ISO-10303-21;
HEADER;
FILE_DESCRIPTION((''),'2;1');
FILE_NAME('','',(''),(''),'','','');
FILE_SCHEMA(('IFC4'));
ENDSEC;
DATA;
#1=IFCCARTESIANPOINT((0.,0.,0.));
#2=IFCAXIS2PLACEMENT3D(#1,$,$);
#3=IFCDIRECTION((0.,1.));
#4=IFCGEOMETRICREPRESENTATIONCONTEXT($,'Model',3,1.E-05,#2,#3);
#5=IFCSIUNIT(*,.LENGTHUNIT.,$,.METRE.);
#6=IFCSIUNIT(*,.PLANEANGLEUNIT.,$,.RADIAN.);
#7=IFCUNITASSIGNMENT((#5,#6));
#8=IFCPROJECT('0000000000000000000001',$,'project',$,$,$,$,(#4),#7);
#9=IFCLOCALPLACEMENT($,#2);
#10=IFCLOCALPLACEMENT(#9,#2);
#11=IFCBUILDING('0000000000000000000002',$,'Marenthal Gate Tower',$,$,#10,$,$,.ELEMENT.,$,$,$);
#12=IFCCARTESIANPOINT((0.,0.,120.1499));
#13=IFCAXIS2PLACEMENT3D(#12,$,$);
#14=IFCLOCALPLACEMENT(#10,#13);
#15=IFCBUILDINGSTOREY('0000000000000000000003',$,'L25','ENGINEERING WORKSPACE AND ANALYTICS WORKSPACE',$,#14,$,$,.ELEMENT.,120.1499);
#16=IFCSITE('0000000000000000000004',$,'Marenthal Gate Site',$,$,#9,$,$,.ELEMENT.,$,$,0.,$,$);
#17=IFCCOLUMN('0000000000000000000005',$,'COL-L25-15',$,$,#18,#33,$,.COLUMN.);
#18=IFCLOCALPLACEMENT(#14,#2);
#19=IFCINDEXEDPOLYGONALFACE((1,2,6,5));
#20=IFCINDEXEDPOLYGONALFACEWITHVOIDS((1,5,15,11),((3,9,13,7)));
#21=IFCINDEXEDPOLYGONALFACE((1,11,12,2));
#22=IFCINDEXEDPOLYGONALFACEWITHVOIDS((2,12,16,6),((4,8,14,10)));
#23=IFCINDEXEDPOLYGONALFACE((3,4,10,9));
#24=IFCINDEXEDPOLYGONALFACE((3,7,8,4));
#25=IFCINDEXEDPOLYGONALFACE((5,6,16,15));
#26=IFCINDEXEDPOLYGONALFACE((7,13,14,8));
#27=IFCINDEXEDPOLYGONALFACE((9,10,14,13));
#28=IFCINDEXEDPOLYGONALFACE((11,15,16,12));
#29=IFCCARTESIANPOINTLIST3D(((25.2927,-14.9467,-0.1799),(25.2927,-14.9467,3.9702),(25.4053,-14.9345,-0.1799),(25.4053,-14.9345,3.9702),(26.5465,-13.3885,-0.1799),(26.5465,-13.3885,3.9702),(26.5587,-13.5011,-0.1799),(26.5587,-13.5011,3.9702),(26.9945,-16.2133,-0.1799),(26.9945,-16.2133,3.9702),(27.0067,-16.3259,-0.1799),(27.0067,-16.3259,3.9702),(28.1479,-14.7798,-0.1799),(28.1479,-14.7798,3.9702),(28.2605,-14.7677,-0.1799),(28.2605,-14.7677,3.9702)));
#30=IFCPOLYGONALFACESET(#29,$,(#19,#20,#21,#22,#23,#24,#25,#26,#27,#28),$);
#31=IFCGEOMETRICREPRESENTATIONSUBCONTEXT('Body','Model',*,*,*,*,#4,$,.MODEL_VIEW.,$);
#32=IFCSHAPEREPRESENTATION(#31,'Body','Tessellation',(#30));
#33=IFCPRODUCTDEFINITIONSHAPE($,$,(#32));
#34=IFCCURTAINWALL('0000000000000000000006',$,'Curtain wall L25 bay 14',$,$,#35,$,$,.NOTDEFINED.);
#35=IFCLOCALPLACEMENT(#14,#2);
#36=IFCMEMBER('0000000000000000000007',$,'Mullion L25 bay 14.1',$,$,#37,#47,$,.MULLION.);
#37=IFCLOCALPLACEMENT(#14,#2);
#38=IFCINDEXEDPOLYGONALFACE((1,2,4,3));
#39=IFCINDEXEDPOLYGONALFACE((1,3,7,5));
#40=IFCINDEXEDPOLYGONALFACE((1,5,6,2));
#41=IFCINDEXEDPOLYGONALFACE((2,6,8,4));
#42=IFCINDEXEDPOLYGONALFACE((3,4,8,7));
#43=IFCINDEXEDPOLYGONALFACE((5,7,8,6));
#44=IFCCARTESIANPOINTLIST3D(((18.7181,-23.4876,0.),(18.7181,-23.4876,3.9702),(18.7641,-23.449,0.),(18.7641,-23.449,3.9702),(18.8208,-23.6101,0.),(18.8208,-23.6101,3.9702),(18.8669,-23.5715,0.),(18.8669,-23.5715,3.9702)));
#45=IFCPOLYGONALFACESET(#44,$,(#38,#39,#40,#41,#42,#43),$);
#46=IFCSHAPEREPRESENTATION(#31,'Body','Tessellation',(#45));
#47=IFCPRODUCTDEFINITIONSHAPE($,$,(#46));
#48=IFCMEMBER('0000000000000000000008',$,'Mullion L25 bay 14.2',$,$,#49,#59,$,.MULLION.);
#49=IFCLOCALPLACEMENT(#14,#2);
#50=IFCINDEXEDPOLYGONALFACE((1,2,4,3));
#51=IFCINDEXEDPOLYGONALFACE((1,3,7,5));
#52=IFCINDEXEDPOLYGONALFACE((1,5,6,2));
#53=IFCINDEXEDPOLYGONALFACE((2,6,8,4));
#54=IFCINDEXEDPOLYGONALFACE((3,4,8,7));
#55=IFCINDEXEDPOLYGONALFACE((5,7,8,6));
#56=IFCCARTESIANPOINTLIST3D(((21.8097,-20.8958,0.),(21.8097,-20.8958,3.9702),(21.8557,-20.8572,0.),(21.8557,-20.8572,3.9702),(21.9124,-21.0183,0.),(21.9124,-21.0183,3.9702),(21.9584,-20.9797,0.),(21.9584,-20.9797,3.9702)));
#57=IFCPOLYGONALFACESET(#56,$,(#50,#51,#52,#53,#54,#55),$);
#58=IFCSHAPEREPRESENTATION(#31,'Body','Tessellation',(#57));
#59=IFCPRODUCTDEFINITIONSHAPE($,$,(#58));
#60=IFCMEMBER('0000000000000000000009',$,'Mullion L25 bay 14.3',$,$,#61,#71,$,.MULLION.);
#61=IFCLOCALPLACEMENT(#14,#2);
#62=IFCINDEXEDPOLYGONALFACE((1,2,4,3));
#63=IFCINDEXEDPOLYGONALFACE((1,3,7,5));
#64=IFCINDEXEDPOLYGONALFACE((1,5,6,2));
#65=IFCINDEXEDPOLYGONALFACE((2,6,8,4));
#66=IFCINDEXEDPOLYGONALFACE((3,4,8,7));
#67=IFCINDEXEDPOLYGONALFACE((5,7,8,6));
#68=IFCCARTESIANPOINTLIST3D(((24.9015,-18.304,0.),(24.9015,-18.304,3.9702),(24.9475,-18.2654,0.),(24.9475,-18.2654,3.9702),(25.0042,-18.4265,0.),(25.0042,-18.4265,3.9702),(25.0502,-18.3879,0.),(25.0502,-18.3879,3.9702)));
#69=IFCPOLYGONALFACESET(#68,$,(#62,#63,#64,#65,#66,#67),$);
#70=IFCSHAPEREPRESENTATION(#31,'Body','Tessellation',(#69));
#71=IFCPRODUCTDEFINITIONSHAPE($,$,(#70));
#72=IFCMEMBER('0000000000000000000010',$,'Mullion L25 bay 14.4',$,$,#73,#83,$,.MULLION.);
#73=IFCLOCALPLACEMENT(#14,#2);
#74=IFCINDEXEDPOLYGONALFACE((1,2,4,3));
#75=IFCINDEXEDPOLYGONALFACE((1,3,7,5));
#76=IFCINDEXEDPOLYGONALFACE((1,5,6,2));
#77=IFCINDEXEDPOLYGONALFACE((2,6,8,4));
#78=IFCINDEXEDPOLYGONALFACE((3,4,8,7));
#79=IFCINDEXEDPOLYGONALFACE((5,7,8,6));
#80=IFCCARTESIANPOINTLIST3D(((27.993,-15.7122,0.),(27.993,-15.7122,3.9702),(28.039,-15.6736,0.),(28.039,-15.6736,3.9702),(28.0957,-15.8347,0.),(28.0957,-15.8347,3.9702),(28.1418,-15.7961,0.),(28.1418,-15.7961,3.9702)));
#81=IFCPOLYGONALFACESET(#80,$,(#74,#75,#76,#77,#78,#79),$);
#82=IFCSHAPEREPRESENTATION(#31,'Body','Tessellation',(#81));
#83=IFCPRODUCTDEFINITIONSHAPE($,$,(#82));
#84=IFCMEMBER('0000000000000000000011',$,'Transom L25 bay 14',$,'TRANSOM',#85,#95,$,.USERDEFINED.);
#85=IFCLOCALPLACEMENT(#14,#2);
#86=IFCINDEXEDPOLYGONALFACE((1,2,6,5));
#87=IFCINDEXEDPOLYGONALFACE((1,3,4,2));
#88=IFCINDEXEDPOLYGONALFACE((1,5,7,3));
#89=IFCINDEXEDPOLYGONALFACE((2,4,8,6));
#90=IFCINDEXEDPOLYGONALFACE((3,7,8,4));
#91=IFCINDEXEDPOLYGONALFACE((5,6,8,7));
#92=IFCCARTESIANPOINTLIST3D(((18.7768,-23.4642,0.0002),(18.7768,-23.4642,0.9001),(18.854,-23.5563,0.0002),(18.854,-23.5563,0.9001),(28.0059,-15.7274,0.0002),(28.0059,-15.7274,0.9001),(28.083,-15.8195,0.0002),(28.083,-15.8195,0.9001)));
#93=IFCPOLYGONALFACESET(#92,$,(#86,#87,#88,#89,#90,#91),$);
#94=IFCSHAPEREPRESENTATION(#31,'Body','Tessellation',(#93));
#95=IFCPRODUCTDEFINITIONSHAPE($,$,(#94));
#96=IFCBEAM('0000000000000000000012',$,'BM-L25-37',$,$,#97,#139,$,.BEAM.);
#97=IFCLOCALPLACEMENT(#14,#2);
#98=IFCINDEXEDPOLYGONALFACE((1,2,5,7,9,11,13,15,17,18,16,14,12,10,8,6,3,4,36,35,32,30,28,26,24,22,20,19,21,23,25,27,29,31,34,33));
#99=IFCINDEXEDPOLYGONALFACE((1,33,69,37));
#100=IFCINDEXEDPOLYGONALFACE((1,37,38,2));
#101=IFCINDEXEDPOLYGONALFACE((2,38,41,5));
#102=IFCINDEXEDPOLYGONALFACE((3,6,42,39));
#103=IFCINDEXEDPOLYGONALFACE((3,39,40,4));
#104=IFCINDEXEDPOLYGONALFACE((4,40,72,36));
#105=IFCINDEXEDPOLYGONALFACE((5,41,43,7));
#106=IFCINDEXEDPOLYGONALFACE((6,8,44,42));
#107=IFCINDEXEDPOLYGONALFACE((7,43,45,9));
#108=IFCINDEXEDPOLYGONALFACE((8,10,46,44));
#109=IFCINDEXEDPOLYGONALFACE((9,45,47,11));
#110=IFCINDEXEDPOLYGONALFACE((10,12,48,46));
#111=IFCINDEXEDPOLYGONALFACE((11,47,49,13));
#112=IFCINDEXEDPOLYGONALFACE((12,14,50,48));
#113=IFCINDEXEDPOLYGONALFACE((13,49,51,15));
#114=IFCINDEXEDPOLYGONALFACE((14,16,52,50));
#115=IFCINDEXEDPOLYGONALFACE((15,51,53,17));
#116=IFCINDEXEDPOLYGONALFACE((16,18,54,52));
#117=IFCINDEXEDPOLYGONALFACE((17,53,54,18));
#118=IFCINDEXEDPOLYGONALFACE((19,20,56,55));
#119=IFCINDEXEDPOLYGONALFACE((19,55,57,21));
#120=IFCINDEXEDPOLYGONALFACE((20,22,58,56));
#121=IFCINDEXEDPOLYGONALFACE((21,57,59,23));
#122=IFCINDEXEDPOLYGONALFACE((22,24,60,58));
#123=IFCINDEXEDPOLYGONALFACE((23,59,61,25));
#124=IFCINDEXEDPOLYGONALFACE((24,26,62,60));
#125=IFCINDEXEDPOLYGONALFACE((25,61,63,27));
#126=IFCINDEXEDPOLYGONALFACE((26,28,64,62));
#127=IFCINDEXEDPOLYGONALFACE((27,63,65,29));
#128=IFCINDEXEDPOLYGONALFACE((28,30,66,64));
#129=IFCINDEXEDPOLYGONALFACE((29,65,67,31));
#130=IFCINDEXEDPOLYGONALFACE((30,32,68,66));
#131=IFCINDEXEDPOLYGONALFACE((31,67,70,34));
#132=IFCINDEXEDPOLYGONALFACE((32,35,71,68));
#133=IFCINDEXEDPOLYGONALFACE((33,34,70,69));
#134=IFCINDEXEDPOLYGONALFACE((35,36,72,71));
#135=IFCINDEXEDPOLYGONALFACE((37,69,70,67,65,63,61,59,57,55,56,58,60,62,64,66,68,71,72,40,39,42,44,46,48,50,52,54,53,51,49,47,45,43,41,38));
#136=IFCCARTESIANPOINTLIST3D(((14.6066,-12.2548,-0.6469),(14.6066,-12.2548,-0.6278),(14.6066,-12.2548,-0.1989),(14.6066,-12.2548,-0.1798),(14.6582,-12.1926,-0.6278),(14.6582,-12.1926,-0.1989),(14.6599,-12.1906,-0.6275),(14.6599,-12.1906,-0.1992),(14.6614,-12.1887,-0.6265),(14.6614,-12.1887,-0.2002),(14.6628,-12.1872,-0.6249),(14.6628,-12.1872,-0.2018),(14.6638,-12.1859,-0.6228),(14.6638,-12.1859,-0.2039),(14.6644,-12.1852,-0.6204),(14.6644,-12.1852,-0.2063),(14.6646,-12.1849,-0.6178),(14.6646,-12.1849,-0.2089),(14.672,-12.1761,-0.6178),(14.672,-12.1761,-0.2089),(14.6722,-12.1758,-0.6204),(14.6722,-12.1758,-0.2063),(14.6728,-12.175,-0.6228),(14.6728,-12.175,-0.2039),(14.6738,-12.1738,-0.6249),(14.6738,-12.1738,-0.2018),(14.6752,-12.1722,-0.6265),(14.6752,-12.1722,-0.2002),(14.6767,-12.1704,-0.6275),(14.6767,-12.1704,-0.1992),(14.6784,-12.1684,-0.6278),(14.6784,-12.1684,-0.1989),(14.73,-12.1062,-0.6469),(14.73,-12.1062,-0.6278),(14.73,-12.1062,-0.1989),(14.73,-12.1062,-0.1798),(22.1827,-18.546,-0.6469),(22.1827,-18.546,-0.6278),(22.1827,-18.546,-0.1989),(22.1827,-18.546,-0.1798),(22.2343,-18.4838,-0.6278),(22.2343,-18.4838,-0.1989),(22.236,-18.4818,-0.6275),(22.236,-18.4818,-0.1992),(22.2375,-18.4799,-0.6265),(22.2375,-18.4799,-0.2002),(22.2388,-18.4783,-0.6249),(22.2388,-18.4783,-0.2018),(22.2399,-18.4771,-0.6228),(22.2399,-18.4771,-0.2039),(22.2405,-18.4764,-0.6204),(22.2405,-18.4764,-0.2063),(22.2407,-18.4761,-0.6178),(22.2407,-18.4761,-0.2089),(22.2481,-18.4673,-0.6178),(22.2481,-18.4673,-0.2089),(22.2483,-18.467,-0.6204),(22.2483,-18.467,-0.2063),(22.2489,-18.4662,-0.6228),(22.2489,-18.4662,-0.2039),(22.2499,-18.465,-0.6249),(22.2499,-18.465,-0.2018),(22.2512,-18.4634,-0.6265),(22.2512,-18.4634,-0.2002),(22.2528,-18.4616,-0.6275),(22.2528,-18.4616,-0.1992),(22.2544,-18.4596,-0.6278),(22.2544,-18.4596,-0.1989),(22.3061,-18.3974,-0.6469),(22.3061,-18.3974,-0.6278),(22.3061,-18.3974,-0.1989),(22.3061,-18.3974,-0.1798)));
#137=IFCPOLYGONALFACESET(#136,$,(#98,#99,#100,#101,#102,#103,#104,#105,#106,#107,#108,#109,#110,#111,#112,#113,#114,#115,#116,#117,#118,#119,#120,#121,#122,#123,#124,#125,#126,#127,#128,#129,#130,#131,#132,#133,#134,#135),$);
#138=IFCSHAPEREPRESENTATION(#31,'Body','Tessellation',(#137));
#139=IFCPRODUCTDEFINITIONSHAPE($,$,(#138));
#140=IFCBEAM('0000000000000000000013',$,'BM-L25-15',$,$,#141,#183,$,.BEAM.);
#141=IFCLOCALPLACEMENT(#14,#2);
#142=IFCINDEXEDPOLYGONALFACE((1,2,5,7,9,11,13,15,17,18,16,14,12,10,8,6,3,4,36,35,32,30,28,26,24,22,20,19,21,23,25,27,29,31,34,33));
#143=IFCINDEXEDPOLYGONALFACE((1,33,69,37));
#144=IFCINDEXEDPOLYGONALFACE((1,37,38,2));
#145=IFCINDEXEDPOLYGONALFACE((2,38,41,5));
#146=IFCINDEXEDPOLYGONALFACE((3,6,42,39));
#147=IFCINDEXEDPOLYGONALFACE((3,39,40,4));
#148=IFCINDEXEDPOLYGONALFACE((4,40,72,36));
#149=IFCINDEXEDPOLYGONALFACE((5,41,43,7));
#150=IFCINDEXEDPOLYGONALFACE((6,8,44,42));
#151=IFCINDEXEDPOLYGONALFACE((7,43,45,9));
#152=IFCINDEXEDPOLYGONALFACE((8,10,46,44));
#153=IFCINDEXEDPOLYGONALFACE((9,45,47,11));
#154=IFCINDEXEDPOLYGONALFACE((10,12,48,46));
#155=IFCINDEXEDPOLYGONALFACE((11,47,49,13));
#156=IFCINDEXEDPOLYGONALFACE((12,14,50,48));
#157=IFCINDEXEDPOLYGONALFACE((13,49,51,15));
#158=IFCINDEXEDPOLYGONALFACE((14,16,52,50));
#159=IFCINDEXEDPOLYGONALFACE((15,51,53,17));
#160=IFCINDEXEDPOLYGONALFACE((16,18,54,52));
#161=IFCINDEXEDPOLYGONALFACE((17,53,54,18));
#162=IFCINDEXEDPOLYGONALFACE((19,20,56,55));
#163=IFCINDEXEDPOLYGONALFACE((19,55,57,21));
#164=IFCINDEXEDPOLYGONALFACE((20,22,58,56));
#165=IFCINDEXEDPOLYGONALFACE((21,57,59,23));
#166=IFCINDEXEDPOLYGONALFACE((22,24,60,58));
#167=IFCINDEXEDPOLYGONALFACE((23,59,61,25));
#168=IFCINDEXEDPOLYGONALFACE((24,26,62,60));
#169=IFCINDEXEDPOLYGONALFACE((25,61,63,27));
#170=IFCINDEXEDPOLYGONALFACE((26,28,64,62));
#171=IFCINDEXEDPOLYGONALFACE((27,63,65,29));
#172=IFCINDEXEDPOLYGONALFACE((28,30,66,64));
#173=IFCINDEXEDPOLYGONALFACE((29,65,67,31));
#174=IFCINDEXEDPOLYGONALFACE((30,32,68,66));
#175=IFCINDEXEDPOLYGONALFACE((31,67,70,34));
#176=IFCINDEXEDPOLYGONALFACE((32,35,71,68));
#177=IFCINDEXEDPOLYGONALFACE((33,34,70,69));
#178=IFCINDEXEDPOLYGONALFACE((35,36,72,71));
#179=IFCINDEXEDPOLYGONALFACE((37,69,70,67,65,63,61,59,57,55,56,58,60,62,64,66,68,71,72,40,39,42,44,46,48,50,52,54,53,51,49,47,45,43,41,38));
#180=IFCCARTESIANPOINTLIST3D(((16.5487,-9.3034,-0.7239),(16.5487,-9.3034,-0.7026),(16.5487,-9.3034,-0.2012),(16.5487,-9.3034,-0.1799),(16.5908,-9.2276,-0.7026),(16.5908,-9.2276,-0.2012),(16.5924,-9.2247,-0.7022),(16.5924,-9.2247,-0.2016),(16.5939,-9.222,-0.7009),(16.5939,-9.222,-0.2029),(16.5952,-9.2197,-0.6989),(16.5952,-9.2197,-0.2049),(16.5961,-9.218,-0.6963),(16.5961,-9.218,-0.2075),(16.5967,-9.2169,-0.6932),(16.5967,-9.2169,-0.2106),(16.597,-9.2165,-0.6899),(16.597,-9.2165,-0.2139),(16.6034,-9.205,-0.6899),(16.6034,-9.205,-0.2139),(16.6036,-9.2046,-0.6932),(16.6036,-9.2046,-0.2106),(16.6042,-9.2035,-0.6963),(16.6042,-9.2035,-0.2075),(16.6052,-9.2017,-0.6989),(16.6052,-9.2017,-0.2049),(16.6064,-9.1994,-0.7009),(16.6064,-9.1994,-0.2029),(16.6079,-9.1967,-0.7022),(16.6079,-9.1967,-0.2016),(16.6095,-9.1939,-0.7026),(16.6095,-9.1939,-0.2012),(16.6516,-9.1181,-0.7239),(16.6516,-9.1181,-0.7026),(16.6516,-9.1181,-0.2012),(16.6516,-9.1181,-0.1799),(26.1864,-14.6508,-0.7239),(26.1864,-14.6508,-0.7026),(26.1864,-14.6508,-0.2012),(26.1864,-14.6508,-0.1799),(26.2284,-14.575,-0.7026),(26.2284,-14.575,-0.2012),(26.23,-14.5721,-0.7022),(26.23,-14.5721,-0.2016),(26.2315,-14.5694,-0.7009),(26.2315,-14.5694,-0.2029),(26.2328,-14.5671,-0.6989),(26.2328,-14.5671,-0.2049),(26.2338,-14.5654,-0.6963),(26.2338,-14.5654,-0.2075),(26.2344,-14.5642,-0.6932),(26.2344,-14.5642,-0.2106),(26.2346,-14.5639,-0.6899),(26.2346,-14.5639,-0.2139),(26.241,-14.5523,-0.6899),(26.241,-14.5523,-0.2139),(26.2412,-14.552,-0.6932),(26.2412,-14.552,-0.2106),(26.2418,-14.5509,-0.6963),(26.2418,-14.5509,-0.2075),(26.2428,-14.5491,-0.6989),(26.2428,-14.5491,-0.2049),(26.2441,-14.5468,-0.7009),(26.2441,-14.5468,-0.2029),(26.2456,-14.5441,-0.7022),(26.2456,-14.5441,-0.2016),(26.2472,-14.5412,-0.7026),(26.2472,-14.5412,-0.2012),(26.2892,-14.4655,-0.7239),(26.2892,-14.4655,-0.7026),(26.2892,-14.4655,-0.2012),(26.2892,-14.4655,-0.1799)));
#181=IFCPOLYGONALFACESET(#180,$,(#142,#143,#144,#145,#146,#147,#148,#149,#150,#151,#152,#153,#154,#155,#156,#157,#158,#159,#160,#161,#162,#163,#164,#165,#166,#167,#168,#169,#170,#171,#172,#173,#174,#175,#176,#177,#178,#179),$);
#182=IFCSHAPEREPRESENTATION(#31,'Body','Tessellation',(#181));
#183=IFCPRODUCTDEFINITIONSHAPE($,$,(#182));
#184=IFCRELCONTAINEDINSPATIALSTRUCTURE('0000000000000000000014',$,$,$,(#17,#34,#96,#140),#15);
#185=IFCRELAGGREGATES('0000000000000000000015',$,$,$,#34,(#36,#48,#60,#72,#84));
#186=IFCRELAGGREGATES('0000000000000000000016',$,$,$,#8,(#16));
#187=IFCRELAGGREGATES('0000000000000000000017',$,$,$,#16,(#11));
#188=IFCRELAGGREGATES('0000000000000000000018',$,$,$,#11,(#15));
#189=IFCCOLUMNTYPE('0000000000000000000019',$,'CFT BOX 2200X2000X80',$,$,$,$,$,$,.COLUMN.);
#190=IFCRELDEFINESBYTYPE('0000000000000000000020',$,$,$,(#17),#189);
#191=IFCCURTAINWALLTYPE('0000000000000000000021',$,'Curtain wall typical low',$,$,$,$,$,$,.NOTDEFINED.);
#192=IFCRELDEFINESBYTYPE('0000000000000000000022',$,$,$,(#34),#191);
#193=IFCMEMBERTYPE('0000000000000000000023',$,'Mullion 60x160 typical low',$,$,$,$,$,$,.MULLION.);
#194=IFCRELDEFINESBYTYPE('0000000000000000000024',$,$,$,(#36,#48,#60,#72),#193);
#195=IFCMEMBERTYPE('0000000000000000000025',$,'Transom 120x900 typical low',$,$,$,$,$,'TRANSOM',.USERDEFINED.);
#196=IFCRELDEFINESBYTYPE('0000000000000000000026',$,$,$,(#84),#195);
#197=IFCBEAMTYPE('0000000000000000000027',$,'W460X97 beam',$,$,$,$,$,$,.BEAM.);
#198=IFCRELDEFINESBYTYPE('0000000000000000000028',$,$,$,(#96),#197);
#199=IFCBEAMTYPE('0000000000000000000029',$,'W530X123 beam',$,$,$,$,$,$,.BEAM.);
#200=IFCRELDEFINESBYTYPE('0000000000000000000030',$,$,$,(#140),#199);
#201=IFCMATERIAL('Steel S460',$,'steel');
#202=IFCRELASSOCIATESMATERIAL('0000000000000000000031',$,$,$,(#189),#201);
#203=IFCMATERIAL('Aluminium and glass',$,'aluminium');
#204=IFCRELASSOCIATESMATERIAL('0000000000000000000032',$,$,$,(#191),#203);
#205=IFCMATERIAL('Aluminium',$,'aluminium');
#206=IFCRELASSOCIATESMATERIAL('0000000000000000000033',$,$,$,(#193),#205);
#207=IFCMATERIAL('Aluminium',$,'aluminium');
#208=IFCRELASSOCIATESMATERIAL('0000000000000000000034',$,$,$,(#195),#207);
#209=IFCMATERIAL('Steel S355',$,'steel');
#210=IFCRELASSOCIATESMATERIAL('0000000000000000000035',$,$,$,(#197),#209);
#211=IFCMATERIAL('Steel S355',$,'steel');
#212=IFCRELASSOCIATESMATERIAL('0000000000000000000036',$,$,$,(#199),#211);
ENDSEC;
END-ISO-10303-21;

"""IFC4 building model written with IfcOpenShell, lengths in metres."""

from ifc_helpers import new_model, si_unit, direction, frame, origin, origin_2d, place, context, subcontext, project, spatial, rectangle, hollow_rectangle, i_section, extrude, material, material_profile, profile_set, type_object, element, aggregate, save


model = new_model("IFC4")

# Units and contexts
model_context = context("Model", 3, precision=1e-05, world=origin(), true_north=direction((0.0, 1.0)))
body_context = subcontext(model_context, "Body", "Model", "MODEL_VIEW")
ifc_project = project(units=[si_unit("LENGTHUNIT", "METRE"), si_unit("PLANEANGLEUNIT", "RADIAN")], contexts=[model_context])

# Site, building, storey
site_placement = place(None, origin())
site = spatial("IfcSite", under=ifc_project, at=site_placement, Name="Marenthal Gate Site", CompositionType="ELEMENT", RefElevation=0.0)
building_placement = place(site_placement, origin())
building = spatial("IfcBuilding", under=site, at=building_placement, Name="Marenthal Gate Tower", CompositionType="ELEMENT")
storey_placement = place(building_placement, frame((0.0, 0.0, 120.1499)))
storey = spatial("IfcBuildingStorey", under=building, at=storey_placement, Name="L25", Description="ENGINEERING WORKSPACE AND ANALYTICS WORKSPACE", CompositionType="ELEMENT", Elevation=120.1499)

# Column
ifc_material_1 = material(Name="Steel S460", Category="steel")
ifc_material_profile_1 = material_profile(ifc_material_1, hollow_rectangle(XDim=2.0, YDim=2.2, WallThickness=0.0801, at=origin_2d()), Name="CFT BOX 2200X2000X80")
ifc_material_2 = material(Name="Concrete 70 MPa", Category="concrete")
ifc_material_profile_2 = material_profile(ifc_material_2, rectangle(XDim=1.8401, YDim=2.04, at=origin_2d()), Name="CFT BOX 2200X2000X80 INFILL")
ifc_profile_set_1 = profile_set([ifc_material_profile_1, ifc_material_profile_2], Name="Steel S460 shell, Concrete 70 MPa infill")
column_type = type_object("IfcColumnType", Name="CFT BOX 2200X2000X80", PredefinedType="COLUMN", material=ifc_profile_set_1)
column_placement = place(storey_placement, frame((26.7766, -14.8572, -0.1799), z_axis=(0.0, 0.0, 1.0), x_axis=(-0.626903, -0.779097, 0.0)))
element("IfcColumn", 1, at=column_placement, inside=storey, type_object=column_type, Name="COL-L25-15", PredefinedType="COLUMN", context=body_context, shape_type="SweptSolid", body=[
    extrude(hollow_rectangle(XDim=2.0, YDim=2.2, WallThickness=0.0801, at=origin_2d()), origin(), (0.0, 0.0, 1.0), 4.1501),
])

# Curtain wall, members
ifc_material_3 = material(Name="Aluminium and glass", Category="aluminium")
curtain_wall_type = type_object("IfcCurtainWallType", Name="Curtain wall typical low", PredefinedType="NOTDEFINED", material=ifc_material_3)
curtain_wall_placement = place(storey_placement, origin())
curtain_wall = element("IfcCurtainWall", 2, at=curtain_wall_placement, inside=storey, type_object=curtain_wall_type, Name="Curtain wall L25 bay 14", PredefinedType="NOTDEFINED")
ifc_material_4 = material(Name="Aluminium", Category="aluminium")
ifc_material_profile_3 = material_profile(ifc_material_4, rectangle(XDim=0.1599, YDim=0.0601, at=origin_2d()), Name="60x160 aluminium mullion")
ifc_profile_set_2 = profile_set([ifc_material_profile_3], Name="Aluminium")
member_type_1 = type_object("IfcMemberType", Name="Mullion 60x160 typical low", PredefinedType="MULLION", material=ifc_profile_set_2)
member_1_placement = place(storey_placement, frame((18.7925, -23.5295, 0.0), z_axis=(0.0, 0.0, 1.0), x_axis=(-0.642438, 0.766338, 0.0)))
member_1 = element("IfcMember", 3, at=member_1_placement, type_object=member_type_1, Name="Mullion L25 bay 14.1", PredefinedType="MULLION", context=body_context, shape_type="SweptSolid", body=[
    extrude(rectangle(XDim=0.1599, YDim=0.0601, at=origin_2d()), origin(), (0.0, 0.0, 1.0), 3.9702),
])
member_2_placement = place(storey_placement, frame((21.884, -20.9377, 0.0), z_axis=(0.0, 0.0, 1.0), x_axis=(-0.642438, 0.766338, 0.0)))
member_2 = element("IfcMember", 4, at=member_2_placement, type_object=member_type_1, Name="Mullion L25 bay 14.2", PredefinedType="MULLION", context=body_context, shape_type="SweptSolid", body=[
    extrude(rectangle(XDim=0.1599, YDim=0.0601, at=origin_2d()), origin(), (0.0, 0.0, 1.0), 3.9702),
])
member_3_placement = place(storey_placement, frame((24.9758, -18.3459, 0.0), z_axis=(0.0, 0.0, 1.0), x_axis=(-0.642438, 0.766338, 0.0)))
member_3 = element("IfcMember", 5, at=member_3_placement, type_object=member_type_1, Name="Mullion L25 bay 14.3", PredefinedType="MULLION", context=body_context, shape_type="SweptSolid", body=[
    extrude(rectangle(XDim=0.1599, YDim=0.0601, at=origin_2d()), origin(), (0.0, 0.0, 1.0), 3.9702),
])
member_4_placement = place(storey_placement, frame((28.0674, -15.7542, 0.0), z_axis=(0.0, 0.0, 1.0), x_axis=(-0.642438, 0.766338, 0.0)))
member_4 = element("IfcMember", 6, at=member_4_placement, type_object=member_type_1, Name="Mullion L25 bay 14.4", PredefinedType="MULLION", context=body_context, shape_type="SweptSolid", body=[
    extrude(rectangle(XDim=0.1599, YDim=0.0601, at=origin_2d()), origin(), (0.0, 0.0, 1.0), 3.9702),
])
ifc_material_5 = material(Name="Aluminium", Category="aluminium")
ifc_material_profile_4 = material_profile(ifc_material_5, rectangle(XDim=0.1201, YDim=0.8999, at=origin_2d()), Name="120x900 aluminium transom")
ifc_profile_set_3 = profile_set([ifc_material_profile_4], Name="Aluminium")
member_type_2 = type_object("IfcMemberType", Name="Transom 120x900 typical low", ElementType="TRANSOM", PredefinedType="USERDEFINED", material=ifc_profile_set_3)
member_5_placement = place(storey_placement, frame((18.8154, -23.5103, 0.4502), z_axis=(0.76634, 0.642435, 0.0), x_axis=(-0.642435, 0.76634, 0.0)))
member_5 = element("IfcMember", 7, at=member_5_placement, type_object=member_type_2, Name="Transom L25 bay 14", ObjectType="TRANSOM", PredefinedType="USERDEFINED", context=body_context, shape_type="SweptSolid", body=[
    extrude(rectangle(XDim=0.1201, YDim=0.8999, at=origin_2d()), origin(), (0.0, 0.0, 1.0), 12.043),
])

# Beams
ifc_material_6 = material(Name="Steel S355", Category="steel")
ifc_material_profile_5 = material_profile(ifc_material_6, i_section(OverallWidth=0.1931, OverallDepth=0.467, WebThickness=0.0115, FlangeThickness=0.019, FilletRadius=0.01, at=origin_2d()), Name="W460X97")
ifc_profile_set_4 = profile_set([ifc_material_profile_5], Name="Steel S355")
beam_type_1 = type_object("IfcBeamType", Name="W460X97 beam", PredefinedType="BEAM", material=ifc_profile_set_4)
beam_1_placement = place(storey_placement, frame((22.2444, -18.4717, -0.4133), z_axis=(-0.76933, 0.638852, 0.0), x_axis=(-0.638852, -0.76933, 0.0)))
element("IfcBeam", 8, at=beam_1_placement, inside=storey, type_object=beam_type_1, Name="BM-L25-37", PredefinedType="BEAM", context=body_context, shape_type="SweptSolid", body=[
    extrude(i_section(OverallWidth=0.1931, OverallDepth=0.467, WebThickness=0.0115, FlangeThickness=0.019, FilletRadius=0.01, at=origin_2d()), origin(), (0.0, 0.0, 1.0), 9.8477),
])
ifc_material_7 = material(Name="Steel S355", Category="steel")
ifc_material_profile_6 = material_profile(ifc_material_7, i_section(OverallWidth=0.2119, OverallDepth=0.5439, WebThickness=0.0132, FlangeThickness=0.0212, FilletRadius=0.0127, at=origin_2d()), Name="W530X123")
ifc_profile_set_5 = profile_set([ifc_material_profile_6], Name="Steel S355")
beam_type_2 = type_object("IfcBeamType", Name="W530X123 beam", PredefinedType="BEAM", material=ifc_profile_set_5)
beam_2_placement = place(storey_placement, frame((26.2378, -14.5581, -0.4519), z_axis=(-0.874421, 0.485167, 0.0), x_axis=(-0.485167, -0.874421, 0.0)))
element("IfcBeam", 9, at=beam_2_placement, inside=storey, type_object=beam_type_2, Name="BM-L25-15", PredefinedType="BEAM", context=body_context, shape_type="SweptSolid", body=[
    extrude(i_section(OverallWidth=0.2119, OverallDepth=0.5439, WebThickness=0.0132, FlangeThickness=0.0212, FilletRadius=0.0127, at=origin_2d()), origin(), (0.0, 0.0, 1.0), 11.0217),
])

aggregate(curtain_wall, [member_1, member_2, member_3, member_4, member_5])

save(model, "model.ifc")
